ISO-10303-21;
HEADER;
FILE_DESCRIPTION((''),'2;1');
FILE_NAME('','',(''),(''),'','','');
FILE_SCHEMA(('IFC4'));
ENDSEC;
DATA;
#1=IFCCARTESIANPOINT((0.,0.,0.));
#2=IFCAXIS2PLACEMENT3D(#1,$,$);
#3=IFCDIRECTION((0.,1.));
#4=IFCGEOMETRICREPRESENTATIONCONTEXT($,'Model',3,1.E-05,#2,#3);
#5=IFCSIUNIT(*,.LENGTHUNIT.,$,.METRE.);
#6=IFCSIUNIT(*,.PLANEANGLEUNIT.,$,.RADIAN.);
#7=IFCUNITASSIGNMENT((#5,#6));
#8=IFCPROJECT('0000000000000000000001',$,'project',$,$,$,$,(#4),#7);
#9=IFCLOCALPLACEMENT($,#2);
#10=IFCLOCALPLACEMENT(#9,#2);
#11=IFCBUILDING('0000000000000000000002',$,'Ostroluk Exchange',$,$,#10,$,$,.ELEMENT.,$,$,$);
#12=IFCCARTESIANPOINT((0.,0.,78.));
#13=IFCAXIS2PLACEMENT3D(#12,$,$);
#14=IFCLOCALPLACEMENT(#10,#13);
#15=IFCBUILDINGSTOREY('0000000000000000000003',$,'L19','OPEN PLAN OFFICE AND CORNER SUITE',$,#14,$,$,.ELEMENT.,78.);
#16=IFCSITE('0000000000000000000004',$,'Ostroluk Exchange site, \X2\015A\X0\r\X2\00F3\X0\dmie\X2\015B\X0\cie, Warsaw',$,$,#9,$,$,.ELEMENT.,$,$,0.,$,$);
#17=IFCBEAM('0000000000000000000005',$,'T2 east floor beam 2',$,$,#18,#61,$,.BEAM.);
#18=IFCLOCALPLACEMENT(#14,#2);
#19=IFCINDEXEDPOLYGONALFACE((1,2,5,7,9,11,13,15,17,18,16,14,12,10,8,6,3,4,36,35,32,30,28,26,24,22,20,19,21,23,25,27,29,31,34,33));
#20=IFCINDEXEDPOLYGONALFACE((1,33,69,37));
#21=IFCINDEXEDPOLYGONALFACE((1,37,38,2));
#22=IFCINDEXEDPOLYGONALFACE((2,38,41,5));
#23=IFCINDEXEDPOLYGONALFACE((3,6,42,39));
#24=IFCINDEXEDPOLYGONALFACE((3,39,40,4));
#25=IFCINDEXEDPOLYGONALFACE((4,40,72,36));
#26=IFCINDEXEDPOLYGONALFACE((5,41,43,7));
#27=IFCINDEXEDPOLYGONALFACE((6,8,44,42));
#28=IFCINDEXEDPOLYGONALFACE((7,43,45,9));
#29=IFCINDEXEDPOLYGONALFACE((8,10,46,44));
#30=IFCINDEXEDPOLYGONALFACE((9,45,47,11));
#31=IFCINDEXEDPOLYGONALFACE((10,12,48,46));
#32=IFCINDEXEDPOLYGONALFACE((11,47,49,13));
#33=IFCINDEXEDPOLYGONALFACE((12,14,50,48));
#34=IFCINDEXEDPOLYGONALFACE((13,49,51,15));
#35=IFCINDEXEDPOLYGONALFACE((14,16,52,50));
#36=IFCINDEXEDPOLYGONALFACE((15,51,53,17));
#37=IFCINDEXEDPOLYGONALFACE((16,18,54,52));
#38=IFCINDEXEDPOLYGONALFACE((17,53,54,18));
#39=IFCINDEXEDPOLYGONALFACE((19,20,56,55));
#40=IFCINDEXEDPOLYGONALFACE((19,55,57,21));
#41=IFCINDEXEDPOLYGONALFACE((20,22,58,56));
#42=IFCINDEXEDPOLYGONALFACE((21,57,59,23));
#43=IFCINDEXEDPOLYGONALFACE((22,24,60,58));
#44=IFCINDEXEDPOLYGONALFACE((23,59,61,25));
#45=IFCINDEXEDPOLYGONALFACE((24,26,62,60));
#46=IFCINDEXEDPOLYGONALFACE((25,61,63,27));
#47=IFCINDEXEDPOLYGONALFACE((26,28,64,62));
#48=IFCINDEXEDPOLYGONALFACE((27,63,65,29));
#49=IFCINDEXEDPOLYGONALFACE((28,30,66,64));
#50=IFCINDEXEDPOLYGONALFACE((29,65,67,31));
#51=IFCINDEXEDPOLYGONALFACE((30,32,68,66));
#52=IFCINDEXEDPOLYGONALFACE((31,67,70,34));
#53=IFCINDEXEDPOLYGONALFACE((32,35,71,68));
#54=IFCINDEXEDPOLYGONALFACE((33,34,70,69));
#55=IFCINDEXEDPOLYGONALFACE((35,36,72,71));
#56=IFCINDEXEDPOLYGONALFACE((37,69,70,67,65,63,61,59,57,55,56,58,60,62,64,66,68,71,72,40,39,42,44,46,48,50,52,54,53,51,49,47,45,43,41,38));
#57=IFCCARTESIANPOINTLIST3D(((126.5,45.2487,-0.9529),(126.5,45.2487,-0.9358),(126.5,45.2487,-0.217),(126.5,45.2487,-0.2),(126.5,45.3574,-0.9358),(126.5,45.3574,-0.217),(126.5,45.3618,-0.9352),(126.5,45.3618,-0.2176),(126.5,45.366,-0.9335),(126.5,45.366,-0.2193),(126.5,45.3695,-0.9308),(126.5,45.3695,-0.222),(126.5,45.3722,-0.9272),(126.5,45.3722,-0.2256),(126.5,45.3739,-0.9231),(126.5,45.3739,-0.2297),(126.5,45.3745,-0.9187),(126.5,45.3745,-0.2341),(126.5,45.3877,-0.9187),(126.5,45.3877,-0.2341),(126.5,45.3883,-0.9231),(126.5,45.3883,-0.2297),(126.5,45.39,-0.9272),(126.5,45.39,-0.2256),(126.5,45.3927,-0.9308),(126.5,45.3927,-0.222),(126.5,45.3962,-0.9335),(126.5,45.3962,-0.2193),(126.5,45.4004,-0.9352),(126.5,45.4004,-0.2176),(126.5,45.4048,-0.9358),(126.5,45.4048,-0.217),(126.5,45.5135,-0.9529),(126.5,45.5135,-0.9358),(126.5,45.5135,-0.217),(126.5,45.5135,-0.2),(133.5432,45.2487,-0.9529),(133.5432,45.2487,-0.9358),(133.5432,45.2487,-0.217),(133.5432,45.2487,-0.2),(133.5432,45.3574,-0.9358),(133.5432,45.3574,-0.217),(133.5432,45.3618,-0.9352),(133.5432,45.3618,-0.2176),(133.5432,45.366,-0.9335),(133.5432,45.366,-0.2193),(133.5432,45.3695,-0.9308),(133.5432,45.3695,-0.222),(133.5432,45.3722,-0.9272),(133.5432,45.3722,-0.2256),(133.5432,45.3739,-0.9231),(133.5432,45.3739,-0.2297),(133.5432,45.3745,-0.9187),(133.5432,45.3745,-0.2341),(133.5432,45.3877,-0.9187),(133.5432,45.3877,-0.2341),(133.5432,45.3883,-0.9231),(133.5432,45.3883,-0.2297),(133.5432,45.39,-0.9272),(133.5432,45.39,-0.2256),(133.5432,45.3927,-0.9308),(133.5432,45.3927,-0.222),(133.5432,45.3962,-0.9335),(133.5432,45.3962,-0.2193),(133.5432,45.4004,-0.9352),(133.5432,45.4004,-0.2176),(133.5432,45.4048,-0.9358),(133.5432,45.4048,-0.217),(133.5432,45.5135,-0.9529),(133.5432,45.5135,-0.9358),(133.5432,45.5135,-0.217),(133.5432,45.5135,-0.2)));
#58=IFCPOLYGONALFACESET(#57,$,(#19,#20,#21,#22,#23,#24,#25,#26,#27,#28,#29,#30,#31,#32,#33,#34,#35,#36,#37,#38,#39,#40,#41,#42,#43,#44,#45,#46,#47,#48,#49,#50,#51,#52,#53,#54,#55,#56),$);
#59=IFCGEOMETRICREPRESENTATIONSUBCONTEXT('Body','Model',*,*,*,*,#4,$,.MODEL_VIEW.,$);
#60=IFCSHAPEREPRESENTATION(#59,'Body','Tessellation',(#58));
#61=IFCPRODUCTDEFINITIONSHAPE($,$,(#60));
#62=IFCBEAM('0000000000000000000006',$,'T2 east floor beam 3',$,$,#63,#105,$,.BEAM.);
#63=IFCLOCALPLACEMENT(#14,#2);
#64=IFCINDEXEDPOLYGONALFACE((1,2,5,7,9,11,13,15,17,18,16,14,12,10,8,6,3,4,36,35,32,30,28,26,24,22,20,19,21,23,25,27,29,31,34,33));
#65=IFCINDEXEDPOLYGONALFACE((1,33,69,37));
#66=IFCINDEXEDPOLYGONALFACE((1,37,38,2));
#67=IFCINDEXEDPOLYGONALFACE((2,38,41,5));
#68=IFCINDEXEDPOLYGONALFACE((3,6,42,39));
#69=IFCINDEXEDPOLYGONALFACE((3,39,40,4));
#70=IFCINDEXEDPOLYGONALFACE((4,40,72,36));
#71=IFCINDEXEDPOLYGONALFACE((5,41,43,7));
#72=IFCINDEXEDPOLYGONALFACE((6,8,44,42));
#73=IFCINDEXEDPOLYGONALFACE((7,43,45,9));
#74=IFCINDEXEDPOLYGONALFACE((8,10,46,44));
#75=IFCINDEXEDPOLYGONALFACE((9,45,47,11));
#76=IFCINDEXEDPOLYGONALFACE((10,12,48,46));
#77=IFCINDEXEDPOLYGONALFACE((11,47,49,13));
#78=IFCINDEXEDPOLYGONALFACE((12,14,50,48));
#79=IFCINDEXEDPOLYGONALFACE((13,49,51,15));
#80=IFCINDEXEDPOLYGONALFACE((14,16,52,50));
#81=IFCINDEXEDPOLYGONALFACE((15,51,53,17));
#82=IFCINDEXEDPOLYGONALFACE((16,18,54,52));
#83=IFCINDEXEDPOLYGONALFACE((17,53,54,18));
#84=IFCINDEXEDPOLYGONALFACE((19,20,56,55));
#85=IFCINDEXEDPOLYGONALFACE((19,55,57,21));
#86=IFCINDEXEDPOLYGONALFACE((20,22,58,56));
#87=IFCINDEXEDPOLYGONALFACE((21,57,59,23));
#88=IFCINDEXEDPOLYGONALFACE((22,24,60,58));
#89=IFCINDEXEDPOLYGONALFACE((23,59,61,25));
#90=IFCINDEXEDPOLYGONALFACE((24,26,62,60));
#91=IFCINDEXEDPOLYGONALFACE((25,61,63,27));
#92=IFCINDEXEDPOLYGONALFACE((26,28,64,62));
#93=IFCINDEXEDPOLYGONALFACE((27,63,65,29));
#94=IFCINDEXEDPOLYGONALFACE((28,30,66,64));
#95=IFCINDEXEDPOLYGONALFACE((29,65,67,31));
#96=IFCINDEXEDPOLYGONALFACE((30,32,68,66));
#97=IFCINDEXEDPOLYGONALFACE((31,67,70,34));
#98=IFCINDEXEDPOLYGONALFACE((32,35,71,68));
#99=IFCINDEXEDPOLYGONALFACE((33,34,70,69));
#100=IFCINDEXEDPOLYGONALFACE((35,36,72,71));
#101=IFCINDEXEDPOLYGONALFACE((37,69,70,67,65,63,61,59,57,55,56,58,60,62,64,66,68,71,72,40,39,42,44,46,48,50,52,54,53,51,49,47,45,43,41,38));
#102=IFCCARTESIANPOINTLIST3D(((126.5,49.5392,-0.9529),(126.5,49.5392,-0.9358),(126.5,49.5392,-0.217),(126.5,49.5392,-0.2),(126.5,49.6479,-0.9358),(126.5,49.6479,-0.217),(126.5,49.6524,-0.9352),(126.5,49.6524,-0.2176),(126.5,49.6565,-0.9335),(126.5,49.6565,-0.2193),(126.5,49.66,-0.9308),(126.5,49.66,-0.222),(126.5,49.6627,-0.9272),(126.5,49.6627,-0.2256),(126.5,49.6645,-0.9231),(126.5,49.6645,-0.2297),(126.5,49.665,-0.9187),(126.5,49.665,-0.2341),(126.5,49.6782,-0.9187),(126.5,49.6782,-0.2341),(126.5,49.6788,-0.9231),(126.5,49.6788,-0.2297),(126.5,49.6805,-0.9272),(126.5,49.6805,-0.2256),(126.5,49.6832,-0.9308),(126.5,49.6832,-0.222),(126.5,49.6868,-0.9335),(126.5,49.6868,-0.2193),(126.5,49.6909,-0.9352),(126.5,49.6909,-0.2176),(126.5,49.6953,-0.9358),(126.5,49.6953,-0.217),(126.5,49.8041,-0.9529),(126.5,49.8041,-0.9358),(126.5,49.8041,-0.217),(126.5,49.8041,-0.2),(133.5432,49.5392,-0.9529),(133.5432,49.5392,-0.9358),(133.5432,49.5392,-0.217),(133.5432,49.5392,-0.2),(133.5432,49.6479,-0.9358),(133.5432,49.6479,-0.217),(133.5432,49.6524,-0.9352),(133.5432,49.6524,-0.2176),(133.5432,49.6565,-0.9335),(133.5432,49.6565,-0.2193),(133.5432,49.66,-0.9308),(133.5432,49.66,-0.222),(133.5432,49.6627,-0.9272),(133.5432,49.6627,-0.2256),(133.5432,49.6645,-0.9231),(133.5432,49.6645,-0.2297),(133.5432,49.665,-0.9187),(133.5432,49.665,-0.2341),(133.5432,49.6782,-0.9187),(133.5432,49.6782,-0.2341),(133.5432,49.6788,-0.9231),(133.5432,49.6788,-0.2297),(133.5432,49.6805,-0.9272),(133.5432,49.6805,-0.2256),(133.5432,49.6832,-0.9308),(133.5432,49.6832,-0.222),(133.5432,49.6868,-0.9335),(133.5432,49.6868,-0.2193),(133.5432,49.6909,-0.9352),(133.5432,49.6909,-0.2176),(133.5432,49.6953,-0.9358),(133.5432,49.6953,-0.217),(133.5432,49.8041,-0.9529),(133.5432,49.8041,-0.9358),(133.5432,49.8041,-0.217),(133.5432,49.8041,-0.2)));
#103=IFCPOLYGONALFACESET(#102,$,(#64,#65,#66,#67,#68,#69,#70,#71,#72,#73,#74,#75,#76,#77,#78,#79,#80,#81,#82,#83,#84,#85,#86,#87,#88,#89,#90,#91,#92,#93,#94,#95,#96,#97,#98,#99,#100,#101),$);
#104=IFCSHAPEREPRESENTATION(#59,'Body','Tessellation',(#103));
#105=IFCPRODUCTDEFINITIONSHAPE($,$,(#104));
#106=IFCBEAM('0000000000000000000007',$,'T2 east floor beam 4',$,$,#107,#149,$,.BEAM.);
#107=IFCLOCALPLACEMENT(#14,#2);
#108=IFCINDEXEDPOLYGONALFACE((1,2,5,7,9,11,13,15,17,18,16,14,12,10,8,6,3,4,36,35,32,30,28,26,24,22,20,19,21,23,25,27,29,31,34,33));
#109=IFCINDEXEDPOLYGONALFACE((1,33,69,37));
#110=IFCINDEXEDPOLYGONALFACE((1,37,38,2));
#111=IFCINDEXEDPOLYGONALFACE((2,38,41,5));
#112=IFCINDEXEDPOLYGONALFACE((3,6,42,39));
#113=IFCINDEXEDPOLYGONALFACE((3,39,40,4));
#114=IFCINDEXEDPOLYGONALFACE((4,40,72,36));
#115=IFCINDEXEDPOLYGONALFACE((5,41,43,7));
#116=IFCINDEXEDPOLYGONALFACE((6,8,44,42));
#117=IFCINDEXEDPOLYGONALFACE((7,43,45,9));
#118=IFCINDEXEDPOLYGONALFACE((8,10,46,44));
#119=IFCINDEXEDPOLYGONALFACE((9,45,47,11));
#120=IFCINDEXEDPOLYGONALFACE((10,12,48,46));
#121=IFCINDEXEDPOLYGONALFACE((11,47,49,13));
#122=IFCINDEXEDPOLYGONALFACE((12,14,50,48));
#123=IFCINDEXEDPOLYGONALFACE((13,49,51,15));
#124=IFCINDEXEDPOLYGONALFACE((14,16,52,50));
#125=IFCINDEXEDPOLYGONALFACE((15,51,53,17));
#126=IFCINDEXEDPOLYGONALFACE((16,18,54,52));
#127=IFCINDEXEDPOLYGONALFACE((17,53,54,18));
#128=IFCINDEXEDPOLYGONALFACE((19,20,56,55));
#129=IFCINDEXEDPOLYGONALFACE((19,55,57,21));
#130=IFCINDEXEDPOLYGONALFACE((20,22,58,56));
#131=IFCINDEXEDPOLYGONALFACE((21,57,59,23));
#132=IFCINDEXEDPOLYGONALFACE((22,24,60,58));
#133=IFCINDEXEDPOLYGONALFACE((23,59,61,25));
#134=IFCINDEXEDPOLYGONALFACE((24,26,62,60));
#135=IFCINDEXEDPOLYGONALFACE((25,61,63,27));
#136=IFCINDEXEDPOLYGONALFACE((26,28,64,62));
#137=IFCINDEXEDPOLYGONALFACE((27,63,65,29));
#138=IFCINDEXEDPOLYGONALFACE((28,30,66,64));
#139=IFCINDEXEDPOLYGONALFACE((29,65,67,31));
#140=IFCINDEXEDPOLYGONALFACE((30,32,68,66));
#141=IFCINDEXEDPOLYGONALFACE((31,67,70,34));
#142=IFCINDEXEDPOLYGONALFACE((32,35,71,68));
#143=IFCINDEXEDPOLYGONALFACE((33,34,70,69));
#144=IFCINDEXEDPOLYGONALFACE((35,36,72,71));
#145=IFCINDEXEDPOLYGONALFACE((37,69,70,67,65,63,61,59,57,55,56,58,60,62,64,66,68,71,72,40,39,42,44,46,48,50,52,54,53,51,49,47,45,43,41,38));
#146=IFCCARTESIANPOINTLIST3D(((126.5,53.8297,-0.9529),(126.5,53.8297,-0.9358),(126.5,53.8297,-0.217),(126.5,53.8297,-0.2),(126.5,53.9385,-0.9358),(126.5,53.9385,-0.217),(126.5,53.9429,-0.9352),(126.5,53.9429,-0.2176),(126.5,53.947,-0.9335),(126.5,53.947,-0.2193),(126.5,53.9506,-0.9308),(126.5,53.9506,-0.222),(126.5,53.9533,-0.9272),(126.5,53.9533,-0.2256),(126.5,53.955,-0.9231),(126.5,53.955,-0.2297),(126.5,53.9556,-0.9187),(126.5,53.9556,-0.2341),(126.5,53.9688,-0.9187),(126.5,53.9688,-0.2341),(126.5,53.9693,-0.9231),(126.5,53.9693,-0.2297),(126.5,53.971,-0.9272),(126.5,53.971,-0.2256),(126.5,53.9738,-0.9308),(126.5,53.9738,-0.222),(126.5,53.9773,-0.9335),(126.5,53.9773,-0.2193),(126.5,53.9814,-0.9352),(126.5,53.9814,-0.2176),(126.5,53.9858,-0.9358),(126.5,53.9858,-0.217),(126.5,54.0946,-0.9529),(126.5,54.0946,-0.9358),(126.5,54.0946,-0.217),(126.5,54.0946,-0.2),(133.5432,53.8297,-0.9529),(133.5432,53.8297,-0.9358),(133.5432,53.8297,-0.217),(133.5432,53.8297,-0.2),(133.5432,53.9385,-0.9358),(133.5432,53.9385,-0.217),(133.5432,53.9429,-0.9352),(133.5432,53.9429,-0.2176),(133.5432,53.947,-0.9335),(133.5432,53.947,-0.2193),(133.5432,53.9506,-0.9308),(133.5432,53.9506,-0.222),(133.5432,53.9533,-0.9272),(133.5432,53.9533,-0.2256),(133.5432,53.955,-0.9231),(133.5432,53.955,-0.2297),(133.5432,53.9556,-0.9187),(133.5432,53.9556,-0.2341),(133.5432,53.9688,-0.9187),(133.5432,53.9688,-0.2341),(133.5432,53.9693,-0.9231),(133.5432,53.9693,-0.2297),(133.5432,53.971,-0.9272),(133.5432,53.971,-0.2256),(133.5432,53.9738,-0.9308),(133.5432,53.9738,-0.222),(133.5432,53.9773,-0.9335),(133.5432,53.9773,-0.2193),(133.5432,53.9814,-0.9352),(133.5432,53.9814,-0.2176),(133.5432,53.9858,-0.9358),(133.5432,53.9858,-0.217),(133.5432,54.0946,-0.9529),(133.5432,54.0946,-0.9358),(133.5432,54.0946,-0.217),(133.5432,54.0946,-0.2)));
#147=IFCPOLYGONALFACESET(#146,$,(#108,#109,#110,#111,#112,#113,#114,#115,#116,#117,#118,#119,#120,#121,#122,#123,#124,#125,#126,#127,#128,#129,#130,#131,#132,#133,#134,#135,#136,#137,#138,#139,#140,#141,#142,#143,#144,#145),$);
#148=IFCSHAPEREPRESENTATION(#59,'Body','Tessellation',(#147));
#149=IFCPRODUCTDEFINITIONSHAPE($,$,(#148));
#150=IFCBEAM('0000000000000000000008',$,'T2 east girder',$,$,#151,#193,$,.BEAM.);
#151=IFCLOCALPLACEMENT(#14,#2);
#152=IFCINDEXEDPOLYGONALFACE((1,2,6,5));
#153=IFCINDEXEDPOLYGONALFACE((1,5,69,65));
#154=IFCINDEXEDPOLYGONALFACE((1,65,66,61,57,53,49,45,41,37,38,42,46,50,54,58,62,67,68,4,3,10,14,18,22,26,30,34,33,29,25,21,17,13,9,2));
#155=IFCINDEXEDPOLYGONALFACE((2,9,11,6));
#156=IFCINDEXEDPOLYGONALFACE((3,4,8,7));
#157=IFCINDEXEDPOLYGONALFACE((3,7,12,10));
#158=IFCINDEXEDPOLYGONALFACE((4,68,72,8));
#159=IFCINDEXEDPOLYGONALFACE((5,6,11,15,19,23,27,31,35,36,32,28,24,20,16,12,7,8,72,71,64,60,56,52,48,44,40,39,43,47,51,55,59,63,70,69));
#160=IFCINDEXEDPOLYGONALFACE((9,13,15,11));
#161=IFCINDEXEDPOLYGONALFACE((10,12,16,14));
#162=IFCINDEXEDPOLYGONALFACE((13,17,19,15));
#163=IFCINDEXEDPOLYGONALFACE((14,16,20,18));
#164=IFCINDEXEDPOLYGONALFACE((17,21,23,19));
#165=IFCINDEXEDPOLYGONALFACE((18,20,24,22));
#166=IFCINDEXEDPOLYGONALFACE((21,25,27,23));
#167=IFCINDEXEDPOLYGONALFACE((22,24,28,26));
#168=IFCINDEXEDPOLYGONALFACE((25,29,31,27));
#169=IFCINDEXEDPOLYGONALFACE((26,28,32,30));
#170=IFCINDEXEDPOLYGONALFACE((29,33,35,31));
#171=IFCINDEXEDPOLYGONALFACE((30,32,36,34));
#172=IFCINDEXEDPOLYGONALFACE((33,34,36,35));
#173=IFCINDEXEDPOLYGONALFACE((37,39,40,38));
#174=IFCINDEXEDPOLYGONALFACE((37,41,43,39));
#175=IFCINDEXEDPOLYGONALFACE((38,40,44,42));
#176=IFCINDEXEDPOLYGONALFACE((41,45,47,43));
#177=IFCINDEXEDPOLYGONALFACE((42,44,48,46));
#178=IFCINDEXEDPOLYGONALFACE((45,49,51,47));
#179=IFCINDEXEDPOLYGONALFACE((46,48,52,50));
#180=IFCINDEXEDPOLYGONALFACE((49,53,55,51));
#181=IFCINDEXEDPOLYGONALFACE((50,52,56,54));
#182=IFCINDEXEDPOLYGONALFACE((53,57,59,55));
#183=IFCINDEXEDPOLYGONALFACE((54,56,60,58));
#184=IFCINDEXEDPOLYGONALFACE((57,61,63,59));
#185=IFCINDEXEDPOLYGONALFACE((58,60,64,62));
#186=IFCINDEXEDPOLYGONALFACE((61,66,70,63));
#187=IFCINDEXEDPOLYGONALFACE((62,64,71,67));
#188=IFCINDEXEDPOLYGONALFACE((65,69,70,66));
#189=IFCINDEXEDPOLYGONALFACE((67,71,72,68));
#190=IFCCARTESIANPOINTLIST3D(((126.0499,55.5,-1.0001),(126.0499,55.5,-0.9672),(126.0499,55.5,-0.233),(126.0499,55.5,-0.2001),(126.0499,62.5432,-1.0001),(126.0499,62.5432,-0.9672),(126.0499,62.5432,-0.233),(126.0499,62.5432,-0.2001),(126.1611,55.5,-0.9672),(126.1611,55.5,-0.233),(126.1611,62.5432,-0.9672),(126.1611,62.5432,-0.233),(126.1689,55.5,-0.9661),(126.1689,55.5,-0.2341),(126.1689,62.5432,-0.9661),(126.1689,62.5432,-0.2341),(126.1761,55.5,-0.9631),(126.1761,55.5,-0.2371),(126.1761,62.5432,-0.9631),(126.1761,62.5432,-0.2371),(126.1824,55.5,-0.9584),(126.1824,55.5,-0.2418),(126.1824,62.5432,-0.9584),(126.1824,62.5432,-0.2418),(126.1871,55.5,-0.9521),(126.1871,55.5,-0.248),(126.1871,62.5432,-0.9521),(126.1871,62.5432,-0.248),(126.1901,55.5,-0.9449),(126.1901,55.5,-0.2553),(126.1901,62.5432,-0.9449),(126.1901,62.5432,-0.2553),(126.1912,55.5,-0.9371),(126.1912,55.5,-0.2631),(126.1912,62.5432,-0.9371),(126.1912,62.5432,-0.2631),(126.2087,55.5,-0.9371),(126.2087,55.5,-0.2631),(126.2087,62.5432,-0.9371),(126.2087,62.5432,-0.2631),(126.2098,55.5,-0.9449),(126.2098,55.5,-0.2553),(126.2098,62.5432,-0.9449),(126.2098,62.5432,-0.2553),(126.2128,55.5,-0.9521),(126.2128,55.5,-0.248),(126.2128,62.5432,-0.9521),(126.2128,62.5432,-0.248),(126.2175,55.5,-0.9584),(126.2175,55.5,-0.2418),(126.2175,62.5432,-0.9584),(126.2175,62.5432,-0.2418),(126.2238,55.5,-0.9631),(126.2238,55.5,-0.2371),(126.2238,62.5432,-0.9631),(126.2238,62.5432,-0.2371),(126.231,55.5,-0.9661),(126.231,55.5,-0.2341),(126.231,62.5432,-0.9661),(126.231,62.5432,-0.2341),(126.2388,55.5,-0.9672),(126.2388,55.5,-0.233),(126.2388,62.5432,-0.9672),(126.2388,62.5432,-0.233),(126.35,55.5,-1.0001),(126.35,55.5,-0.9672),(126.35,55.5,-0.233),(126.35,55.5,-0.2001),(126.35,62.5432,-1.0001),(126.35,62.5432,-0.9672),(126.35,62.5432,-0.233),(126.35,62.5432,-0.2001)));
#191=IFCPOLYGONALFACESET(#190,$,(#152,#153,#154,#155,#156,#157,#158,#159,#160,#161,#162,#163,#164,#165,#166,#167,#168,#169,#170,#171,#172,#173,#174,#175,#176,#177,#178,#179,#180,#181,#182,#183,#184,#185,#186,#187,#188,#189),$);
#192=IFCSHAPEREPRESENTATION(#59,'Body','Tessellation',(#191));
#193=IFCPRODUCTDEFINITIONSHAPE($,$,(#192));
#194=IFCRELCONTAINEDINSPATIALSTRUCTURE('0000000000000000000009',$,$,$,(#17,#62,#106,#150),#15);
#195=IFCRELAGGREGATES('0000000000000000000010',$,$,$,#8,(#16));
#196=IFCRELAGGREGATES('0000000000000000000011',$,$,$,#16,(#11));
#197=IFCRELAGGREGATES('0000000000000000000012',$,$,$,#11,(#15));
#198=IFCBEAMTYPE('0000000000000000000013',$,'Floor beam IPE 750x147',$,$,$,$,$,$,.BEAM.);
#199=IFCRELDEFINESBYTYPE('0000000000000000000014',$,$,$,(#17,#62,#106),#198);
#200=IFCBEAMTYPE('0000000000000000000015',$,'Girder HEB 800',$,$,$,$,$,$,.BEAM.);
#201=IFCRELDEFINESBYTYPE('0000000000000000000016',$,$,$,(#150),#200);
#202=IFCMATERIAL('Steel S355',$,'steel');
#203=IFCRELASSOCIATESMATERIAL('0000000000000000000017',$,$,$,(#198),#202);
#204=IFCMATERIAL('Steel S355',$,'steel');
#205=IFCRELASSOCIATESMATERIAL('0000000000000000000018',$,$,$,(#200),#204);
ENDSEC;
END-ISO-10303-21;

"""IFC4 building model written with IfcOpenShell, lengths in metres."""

from ifc_helpers import new_model, si_unit, direction, frame, origin, origin_2d, place, context, subcontext, project, spatial, i_section, extrude, material, material_profile, profile_set, type_object, element, save


model = new_model("IFC4")

# Units and contexts
model_context = context("Model", 3, precision=1e-05, world=origin(), true_north=direction((0.0, 1.0)))
body_context = subcontext(model_context, "Body", "Model", "MODEL_VIEW")
ifc_project = project(units=[si_unit("LENGTHUNIT", "METRE"), si_unit("PLANEANGLEUNIT", "RADIAN")], contexts=[model_context])

# Site, building, storey
site_placement = place(None, origin())
site = spatial("IfcSite", under=ifc_project, at=site_placement, Name="Ostroluk Exchange site, Śródmieście, Warsaw", CompositionType="ELEMENT", RefElevation=0.0)
building_placement = place(site_placement, origin())
building = spatial("IfcBuilding", under=site, at=building_placement, Name="Ostroluk Exchange", CompositionType="ELEMENT")
storey_placement = place(building_placement, frame((0.0, 0.0, 78.0)))
storey = spatial("IfcBuildingStorey", under=building, at=storey_placement, Name="L19", Description="OPEN PLAN OFFICE AND CORNER SUITE", CompositionType="ELEMENT", Elevation=78.0)

# Beams
ifc_material_1 = material(Name="Steel S355", Category="steel")
ifc_material_profile_1 = material_profile(ifc_material_1, i_section(OverallWidth=0.2649, OverallDepth=0.7529, WebThickness=0.0132, FlangeThickness=0.0171, FilletRadius=0.0171, at=origin_2d()), Name="IPE 750x147")
ifc_profile_set_1 = profile_set([ifc_material_profile_1], Name="Steel S355")
beam_type_1 = type_object("IfcBeamType", Name="Floor beam IPE 750x147", PredefinedType="BEAM", material=ifc_profile_set_1)
for number, where, z_axis, x_axis, name in (
    (1, (126.5, 45.3811, -0.5764), (1.0, 0.0, 0.0), (0.0, 1.0, 0.0), "T2 east floor beam 2"),
    (2, (126.5, 49.6716, -0.5764), (1.0, 0.0, 0.0), (0.0, 1.0, 0.0), "T2 east floor beam 3"),
    (3, (126.5, 53.9622, -0.5764), (1.0, 0.0, 0.0), (0.0, 1.0, 0.0), "T2 east floor beam 4"),
):
    element("IfcBeam", number, at=place(storey_placement, frame(where, z_axis=z_axis, x_axis=x_axis)), inside=storey, type_object=beam_type_1, Name=name, PredefinedType="BEAM", context=body_context, shape_type="SweptSolid", body=[
        extrude(i_section(OverallWidth=0.2649, OverallDepth=0.7529, WebThickness=0.0132, FlangeThickness=0.0171, FilletRadius=0.0171, at=origin_2d()), origin(), (0.0, 0.0, 1.0), 7.0432),
    ])
ifc_material_2 = material(Name="Steel S355", Category="steel")
ifc_material_profile_2 = material_profile(ifc_material_2, i_section(OverallWidth=0.3, OverallDepth=0.8, WebThickness=0.0176, FlangeThickness=0.033, FilletRadius=0.03, at=origin_2d()), Name="HEB 800")
ifc_profile_set_2 = profile_set([ifc_material_profile_2], Name="Steel S355")
beam_type_2 = type_object("IfcBeamType", Name="Girder HEB 800", PredefinedType="BEAM", material=ifc_profile_set_2)
beam_1_placement = place(storey_placement, frame((126.2, 55.5, -0.6001), z_axis=(0.0, 1.0, 0.0), x_axis=(-1.0, 0.0, 0.0)))
element("IfcBeam", 4, at=beam_1_placement, inside=storey, type_object=beam_type_2, Name="T2 east girder", PredefinedType="BEAM", context=body_context, shape_type="SweptSolid", body=[
    extrude(i_section(OverallWidth=0.3, OverallDepth=0.8, WebThickness=0.0176, FlangeThickness=0.033, FilletRadius=0.03, at=origin_2d()), origin(), (0.0, 0.0, 1.0), 7.0432),
])

save(model, "model.ifc")
